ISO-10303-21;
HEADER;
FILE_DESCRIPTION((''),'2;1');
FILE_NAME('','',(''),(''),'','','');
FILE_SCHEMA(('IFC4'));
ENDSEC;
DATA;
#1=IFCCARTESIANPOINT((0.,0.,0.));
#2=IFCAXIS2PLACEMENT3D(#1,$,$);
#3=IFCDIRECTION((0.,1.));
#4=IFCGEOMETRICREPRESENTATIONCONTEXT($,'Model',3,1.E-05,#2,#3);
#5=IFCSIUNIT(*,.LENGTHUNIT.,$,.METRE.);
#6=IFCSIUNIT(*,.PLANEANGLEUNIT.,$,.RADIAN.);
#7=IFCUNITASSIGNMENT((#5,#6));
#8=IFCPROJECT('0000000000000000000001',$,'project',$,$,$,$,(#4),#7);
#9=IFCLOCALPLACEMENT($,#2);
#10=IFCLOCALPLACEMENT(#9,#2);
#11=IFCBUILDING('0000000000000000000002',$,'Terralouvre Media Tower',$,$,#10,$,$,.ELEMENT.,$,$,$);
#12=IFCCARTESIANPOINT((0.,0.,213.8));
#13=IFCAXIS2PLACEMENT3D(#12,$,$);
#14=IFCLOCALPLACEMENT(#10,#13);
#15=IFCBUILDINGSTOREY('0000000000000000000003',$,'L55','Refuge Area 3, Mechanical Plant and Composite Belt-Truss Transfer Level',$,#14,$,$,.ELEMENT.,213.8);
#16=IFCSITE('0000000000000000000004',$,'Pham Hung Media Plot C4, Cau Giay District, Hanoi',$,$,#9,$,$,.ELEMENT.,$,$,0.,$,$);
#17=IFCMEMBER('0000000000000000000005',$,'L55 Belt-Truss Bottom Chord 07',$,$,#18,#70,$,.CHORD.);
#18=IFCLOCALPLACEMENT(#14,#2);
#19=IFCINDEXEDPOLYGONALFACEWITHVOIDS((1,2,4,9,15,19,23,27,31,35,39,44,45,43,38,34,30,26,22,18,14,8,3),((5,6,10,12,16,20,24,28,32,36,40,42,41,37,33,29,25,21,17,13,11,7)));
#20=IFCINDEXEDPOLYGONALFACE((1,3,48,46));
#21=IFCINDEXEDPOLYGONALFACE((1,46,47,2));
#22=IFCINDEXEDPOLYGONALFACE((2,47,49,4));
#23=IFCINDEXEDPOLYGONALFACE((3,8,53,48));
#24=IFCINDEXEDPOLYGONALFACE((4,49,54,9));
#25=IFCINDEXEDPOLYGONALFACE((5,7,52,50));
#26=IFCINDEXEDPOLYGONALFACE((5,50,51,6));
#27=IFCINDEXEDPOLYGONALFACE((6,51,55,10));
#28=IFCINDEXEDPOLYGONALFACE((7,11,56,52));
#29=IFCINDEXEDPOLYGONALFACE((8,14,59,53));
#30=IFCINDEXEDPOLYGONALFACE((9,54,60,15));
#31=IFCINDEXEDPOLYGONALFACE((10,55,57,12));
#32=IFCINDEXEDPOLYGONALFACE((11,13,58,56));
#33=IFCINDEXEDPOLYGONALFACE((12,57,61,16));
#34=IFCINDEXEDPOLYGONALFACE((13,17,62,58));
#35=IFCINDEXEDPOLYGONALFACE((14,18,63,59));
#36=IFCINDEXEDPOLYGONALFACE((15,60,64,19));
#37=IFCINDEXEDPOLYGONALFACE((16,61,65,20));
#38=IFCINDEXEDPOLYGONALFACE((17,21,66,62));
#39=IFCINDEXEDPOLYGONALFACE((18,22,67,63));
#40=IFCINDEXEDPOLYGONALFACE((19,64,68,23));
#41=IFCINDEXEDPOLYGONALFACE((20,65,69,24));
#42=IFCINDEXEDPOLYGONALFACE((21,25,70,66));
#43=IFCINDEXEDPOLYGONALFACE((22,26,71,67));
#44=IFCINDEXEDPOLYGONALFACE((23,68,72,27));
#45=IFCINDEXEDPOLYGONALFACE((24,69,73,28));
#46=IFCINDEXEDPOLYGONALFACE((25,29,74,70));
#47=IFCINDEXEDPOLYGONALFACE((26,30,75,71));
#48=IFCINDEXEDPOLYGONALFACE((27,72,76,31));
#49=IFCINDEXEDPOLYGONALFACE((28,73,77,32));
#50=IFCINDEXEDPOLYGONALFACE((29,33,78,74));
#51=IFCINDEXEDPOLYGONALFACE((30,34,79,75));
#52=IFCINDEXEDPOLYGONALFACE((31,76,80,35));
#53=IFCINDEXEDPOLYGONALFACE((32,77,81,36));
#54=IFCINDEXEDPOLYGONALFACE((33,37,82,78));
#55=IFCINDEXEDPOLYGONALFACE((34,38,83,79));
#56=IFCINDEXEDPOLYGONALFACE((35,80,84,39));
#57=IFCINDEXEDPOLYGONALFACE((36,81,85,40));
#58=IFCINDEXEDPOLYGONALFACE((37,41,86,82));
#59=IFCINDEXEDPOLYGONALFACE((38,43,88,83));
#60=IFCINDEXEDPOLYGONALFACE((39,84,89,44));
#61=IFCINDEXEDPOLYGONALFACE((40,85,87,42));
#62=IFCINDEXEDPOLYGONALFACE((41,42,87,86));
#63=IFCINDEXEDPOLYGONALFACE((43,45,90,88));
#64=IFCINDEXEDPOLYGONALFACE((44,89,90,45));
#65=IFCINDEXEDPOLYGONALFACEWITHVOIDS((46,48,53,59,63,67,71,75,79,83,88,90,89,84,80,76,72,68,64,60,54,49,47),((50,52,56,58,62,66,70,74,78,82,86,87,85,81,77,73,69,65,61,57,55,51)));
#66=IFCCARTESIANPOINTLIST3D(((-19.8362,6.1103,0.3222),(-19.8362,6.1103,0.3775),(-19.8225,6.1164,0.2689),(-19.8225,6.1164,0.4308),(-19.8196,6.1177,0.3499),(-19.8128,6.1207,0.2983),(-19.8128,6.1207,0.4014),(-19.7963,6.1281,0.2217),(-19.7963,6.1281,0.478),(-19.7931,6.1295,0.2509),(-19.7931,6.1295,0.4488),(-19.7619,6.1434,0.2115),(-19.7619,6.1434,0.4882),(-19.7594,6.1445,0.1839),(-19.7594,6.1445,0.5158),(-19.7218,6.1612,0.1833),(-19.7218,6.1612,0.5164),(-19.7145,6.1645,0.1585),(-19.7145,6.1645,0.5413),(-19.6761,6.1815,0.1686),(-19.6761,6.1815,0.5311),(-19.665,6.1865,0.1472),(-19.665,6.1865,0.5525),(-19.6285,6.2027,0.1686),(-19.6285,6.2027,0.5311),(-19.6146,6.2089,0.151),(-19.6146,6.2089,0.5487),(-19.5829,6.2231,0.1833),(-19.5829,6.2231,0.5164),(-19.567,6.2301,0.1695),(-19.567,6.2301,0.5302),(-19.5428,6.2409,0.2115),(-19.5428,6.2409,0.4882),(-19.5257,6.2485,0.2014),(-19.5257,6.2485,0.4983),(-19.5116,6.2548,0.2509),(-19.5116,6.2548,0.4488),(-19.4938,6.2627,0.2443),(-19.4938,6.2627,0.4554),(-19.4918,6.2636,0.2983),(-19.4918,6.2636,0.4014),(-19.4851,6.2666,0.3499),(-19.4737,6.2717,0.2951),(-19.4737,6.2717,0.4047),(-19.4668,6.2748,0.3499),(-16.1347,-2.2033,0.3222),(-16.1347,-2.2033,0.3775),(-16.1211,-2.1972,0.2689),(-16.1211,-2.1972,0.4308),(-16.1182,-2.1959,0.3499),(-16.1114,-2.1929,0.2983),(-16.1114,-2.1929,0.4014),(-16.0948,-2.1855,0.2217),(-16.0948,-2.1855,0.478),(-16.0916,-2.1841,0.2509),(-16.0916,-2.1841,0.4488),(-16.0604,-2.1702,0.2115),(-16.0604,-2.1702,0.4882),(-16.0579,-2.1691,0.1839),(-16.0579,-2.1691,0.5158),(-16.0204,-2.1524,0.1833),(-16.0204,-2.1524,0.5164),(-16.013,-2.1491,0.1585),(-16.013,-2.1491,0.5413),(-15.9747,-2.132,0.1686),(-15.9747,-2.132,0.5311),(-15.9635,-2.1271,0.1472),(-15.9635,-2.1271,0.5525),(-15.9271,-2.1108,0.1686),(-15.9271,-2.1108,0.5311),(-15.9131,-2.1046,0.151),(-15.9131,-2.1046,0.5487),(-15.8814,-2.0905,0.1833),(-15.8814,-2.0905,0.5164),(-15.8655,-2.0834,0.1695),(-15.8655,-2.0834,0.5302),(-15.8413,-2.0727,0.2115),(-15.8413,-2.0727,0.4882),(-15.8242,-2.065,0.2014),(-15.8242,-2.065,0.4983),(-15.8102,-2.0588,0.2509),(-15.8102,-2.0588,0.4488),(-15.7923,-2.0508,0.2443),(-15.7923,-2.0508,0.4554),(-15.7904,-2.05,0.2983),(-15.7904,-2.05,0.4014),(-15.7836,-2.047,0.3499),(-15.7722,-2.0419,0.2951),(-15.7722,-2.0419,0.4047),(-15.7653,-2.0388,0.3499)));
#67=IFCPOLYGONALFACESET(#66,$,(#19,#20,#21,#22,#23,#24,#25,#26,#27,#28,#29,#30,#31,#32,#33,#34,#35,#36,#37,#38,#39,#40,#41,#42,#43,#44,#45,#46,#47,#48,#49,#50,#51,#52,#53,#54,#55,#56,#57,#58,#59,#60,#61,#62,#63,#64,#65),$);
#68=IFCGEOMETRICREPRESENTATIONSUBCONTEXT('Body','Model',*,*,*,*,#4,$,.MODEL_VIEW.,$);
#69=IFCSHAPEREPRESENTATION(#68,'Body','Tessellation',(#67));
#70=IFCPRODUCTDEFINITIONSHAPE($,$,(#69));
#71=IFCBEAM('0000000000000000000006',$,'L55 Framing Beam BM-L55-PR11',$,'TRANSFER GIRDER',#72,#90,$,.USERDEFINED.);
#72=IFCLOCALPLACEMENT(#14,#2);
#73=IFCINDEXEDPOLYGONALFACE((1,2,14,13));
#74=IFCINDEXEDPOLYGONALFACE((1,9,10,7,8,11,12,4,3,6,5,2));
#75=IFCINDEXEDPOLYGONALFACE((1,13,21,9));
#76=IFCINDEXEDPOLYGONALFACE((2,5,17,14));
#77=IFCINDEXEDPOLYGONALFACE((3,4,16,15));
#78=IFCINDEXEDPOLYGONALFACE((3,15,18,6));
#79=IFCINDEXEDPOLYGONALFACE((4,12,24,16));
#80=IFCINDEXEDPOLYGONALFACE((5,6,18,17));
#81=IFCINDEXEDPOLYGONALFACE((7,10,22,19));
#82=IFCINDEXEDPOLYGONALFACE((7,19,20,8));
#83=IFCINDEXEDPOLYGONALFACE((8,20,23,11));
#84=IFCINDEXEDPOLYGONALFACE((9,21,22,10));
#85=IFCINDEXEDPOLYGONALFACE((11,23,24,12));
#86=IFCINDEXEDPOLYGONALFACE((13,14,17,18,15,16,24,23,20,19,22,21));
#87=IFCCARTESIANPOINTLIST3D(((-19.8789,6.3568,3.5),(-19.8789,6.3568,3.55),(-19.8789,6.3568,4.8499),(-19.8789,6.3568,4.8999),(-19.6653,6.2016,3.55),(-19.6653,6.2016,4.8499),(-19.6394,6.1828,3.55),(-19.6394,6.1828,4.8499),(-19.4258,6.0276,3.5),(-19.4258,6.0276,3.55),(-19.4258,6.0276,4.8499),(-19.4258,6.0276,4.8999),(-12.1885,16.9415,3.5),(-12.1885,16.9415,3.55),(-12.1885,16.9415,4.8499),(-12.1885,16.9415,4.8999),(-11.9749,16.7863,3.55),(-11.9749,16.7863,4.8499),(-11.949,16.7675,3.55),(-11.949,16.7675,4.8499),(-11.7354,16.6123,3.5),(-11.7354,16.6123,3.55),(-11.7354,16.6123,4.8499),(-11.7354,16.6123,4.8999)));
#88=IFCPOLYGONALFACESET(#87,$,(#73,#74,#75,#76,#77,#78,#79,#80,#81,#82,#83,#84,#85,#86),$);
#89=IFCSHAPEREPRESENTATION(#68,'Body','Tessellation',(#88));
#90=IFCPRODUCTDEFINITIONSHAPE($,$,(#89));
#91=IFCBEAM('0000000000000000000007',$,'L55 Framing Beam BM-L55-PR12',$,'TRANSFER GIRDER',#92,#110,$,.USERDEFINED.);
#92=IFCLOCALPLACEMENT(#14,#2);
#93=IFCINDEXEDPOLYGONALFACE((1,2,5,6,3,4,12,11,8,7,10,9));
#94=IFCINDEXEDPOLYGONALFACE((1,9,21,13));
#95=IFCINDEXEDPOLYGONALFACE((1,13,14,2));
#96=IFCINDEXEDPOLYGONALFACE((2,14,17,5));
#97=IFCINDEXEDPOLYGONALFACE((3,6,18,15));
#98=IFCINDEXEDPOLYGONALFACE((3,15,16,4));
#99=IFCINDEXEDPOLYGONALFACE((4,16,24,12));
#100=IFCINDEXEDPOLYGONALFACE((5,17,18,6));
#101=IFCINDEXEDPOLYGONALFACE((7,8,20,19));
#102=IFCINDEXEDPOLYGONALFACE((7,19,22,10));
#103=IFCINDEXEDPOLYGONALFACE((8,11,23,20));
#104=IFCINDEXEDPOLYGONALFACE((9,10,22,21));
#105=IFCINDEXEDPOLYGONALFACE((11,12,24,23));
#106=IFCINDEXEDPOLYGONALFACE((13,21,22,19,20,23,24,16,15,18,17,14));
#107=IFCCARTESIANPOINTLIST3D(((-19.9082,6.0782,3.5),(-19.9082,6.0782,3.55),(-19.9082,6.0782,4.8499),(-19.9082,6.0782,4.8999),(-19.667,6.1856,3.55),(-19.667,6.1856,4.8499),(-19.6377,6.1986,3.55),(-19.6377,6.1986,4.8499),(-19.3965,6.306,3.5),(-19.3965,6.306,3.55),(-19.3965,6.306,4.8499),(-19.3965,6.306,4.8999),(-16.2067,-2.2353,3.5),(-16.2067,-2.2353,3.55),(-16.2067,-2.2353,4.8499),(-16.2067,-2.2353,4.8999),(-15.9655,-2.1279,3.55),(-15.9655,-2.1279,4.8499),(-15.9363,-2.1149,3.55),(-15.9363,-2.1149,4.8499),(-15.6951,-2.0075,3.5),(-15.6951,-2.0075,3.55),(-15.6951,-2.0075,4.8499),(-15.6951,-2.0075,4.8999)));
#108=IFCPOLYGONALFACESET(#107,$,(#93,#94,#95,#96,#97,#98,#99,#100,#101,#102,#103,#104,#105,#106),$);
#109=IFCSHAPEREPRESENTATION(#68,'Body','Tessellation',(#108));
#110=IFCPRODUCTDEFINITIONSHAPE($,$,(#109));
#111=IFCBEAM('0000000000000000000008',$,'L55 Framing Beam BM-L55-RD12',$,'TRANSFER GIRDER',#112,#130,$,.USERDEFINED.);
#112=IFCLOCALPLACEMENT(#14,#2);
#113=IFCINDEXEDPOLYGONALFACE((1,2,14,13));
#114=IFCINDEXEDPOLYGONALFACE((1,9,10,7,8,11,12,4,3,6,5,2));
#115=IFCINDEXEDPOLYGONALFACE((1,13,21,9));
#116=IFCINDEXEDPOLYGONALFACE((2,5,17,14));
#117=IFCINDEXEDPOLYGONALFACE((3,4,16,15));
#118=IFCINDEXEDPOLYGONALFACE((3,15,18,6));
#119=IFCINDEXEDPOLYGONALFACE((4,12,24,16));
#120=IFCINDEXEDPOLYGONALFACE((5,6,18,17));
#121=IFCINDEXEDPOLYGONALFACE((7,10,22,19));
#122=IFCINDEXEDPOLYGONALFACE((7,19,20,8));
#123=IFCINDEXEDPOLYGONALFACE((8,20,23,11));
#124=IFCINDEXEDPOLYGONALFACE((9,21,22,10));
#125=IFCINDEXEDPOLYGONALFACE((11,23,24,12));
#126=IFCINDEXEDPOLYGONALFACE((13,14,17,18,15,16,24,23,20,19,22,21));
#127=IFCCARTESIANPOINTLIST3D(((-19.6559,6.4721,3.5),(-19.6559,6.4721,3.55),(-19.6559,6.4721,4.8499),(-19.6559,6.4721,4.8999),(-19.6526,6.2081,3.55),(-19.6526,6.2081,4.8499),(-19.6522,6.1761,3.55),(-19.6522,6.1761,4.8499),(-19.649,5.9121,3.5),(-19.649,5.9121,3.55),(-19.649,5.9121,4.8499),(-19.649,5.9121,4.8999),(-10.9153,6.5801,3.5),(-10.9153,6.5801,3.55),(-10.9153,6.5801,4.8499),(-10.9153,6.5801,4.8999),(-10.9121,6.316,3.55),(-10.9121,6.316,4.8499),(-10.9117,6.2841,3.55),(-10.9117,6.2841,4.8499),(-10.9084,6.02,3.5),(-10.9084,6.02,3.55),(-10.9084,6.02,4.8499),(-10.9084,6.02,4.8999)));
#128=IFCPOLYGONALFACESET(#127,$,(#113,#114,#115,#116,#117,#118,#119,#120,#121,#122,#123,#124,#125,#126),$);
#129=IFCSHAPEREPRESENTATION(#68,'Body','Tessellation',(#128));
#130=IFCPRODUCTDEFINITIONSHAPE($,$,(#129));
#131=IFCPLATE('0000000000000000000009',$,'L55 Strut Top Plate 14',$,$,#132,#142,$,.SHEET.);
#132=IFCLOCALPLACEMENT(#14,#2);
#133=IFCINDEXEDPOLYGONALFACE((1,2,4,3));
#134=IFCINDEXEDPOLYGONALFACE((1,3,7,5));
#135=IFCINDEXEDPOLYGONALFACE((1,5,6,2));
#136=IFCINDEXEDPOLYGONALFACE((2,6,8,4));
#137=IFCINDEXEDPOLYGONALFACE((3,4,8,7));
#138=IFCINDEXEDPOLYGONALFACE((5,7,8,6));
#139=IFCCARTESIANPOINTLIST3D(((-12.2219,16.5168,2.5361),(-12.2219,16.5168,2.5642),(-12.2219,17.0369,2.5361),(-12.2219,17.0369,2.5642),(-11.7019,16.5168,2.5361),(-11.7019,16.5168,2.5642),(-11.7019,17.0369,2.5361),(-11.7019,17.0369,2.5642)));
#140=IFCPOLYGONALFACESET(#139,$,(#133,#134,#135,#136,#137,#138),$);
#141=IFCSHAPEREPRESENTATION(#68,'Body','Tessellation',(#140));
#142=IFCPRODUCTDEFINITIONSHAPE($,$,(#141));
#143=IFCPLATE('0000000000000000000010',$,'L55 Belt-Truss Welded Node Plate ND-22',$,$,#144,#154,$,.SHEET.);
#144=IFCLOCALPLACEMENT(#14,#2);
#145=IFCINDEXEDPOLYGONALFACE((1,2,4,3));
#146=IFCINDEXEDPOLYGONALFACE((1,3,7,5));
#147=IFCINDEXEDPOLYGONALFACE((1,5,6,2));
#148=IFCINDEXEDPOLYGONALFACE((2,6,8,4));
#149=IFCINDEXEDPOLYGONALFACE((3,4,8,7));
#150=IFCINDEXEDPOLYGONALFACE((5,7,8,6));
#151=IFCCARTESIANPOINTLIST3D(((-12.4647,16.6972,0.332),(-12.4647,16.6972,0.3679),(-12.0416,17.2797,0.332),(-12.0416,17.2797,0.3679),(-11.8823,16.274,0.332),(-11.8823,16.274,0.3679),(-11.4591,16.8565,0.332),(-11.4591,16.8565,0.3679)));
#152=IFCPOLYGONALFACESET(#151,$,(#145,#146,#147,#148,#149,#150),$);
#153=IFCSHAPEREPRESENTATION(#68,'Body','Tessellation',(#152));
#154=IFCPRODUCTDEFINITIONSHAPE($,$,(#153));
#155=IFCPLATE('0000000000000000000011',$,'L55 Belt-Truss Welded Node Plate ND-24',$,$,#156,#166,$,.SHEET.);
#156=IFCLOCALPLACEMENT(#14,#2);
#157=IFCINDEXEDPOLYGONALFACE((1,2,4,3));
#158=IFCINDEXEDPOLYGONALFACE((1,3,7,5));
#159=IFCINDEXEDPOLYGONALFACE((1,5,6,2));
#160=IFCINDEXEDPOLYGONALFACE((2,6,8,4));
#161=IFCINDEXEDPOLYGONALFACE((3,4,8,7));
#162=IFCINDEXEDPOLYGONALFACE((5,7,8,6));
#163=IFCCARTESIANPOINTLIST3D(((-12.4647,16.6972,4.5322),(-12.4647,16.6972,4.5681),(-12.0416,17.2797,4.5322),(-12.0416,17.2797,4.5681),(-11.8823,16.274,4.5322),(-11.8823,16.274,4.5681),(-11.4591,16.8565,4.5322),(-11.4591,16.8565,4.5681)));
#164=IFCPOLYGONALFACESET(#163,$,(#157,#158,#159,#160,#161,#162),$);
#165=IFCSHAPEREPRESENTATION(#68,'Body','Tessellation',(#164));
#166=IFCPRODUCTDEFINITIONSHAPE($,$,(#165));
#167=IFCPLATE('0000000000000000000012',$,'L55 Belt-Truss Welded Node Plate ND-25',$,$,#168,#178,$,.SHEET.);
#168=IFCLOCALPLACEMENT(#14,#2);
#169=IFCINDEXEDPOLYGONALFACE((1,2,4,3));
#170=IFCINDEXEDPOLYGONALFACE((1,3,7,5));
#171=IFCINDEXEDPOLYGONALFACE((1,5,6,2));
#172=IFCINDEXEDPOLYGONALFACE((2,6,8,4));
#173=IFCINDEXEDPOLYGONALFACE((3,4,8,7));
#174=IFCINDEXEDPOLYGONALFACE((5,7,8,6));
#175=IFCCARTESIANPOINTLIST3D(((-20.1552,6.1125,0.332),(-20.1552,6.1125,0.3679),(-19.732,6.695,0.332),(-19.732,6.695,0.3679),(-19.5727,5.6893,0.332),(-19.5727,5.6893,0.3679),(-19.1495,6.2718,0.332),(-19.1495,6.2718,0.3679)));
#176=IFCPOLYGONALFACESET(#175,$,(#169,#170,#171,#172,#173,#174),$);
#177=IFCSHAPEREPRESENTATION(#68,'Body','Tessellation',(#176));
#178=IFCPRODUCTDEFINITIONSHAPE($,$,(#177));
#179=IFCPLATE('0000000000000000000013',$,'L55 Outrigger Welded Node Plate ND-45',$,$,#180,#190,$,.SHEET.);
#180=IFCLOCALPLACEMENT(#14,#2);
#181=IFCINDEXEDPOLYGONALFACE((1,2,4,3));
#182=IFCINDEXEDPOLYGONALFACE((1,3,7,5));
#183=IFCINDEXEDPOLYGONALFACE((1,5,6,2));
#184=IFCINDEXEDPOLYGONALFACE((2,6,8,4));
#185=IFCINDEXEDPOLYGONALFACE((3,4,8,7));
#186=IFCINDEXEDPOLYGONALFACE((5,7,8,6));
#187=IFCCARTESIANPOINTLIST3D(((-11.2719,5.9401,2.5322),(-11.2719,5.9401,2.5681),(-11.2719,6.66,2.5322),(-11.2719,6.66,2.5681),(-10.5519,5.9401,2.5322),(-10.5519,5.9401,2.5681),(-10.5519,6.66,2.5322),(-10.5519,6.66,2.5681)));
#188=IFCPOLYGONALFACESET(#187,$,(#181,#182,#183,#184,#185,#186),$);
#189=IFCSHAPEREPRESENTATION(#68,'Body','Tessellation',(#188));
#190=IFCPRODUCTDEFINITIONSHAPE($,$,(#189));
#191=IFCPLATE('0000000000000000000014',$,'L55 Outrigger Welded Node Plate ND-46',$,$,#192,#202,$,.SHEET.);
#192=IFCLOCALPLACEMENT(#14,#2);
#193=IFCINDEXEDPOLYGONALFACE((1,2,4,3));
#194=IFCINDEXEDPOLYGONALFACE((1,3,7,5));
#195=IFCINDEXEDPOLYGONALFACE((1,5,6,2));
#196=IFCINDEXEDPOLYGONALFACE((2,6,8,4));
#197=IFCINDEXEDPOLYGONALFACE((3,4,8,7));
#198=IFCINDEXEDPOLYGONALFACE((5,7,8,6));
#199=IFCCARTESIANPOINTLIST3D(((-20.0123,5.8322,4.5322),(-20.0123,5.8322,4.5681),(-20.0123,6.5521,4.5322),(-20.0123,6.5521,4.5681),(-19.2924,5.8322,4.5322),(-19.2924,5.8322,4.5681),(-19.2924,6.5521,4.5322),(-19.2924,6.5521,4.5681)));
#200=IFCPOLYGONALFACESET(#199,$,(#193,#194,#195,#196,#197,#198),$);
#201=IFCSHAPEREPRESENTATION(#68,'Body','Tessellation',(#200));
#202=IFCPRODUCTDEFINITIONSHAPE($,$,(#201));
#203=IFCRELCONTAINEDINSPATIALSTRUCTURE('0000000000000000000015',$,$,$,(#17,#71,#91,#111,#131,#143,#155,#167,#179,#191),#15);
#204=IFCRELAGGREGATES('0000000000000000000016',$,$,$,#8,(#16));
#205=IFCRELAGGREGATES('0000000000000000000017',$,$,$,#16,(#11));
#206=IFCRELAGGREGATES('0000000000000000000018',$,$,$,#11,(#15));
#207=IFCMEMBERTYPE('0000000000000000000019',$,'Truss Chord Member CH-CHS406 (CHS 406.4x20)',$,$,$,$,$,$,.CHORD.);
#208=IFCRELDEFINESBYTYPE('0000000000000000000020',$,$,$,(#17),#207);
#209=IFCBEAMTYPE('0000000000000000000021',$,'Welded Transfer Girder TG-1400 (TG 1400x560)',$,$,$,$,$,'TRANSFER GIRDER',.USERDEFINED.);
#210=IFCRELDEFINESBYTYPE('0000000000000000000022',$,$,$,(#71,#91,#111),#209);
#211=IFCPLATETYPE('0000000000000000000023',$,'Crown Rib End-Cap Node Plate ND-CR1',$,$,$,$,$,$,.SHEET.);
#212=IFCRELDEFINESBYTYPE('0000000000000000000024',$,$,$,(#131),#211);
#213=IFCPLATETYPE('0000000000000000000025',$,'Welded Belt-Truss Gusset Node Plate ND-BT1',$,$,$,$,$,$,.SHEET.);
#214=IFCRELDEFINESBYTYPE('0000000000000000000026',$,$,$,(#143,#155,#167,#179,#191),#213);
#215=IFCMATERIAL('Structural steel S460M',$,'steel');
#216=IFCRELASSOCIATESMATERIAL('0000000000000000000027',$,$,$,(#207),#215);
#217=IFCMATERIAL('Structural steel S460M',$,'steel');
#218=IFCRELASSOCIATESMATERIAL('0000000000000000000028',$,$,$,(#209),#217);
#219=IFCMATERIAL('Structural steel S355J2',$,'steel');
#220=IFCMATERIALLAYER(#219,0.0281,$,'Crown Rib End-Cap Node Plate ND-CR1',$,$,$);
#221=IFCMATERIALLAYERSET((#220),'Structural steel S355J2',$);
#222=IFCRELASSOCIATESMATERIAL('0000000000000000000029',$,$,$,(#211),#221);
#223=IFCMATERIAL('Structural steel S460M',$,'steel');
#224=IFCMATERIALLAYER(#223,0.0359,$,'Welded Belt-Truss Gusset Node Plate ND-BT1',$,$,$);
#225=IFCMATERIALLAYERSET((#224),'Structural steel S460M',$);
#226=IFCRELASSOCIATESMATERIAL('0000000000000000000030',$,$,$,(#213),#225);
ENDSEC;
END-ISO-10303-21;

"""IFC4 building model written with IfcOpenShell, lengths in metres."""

from ifc_helpers import new_model, si_unit, direction, frame, origin, origin_2d, place, context, subcontext, project, spatial, rectangle, hollow_circle, i_section, extrude, material, layer, layer_set, material_profile, profile_set, type_object, element, save


model = new_model("IFC4")

# Units and contexts
model_context = context("Model", 3, precision=1e-05, world=origin(), true_north=direction((0.0, 1.0)))
body_context = subcontext(model_context, "Body", "Model", "MODEL_VIEW")
ifc_project = project(units=[si_unit("LENGTHUNIT", "METRE"), si_unit("PLANEANGLEUNIT", "RADIAN")], contexts=[model_context])

# Site, building, storey
site_placement = place(None, origin())
site = spatial("IfcSite", under=ifc_project, at=site_placement, Name="Pham Hung Media Plot C4, Cau Giay District, Hanoi", CompositionType="ELEMENT", RefElevation=0.0)
building_placement = place(site_placement, origin())
building = spatial("IfcBuilding", under=site, at=building_placement, Name="Terralouvre Media Tower", CompositionType="ELEMENT")
storey_placement = place(building_placement, frame((0.0, 0.0, 213.8)))
storey = spatial("IfcBuildingStorey", under=building, at=storey_placement, Name="L55", Description="Refuge Area 3, Mechanical Plant and Composite Belt-Truss Transfer Level", CompositionType="ELEMENT", Elevation=213.8)

# Member
ifc_material_1 = material(Name="Structural steel S460M", Category="steel")
ifc_material_profile_1 = material_profile(ifc_material_1, hollow_circle(Radius=0.2031, WallThickness=0.02, at=origin_2d()), Name="CHS 406.4x20")
ifc_profile_set_1 = profile_set([ifc_material_profile_1], Name="Structural steel S460M")
member_type_1 = type_object("IfcMemberType", Name="Truss Chord Member CH-CHS406 (CHS 406.4x20)", PredefinedType="CHORD", material=ifc_profile_set_1)
member_1_placement = place(storey_placement, frame((-19.6523, 6.1921, 0.3499), z_axis=(0.406738, -0.913545, 0.0), x_axis=(0.913545, 0.406738, 0.0)))
element("IfcMember", 1, at=member_1_placement, inside=storey, type_object=member_type_1, Name="L55 Belt-Truss Bottom Chord 07", PredefinedType="CHORD", context=body_context, shape_type="SweptSolid", body=[
    extrude(hollow_circle(Radius=0.2031, WallThickness=0.02, at=origin_2d()), origin(), (0.0, 0.0, 1.0), 9.1003),
])

# Beams
ifc_material_2 = material(Name="Structural steel S460M", Category="steel")
ifc_material_profile_2 = material_profile(ifc_material_2, i_section(OverallWidth=0.5601, OverallDepth=1.3999, WebThickness=0.032, FlangeThickness=0.05, at=origin_2d()), Name="TG 1400x560")
ifc_profile_set_2 = profile_set([ifc_material_profile_2], Name="Structural steel S460M")
beam_type_1 = type_object("IfcBeamType", Name="Welded Transfer Girder TG-1400 (TG 1400x560)", ElementType="TRANSFER GIRDER", PredefinedType="USERDEFINED", material=ifc_profile_set_2)
beam_1_placement = place(storey_placement, frame((-11.9619, 16.7769, 4.2), z_axis=(-0.587794, -0.80901, 0.0), x_axis=(0.80901, -0.587794, 0.0)))
element("IfcBeam", 2, at=beam_1_placement, inside=storey, type_object=beam_type_1, Name="L55 Framing Beam BM-L55-PR11", ObjectType="TRANSFER GIRDER", PredefinedType="USERDEFINED", context=body_context, shape_type="SweptSolid", body=[
    extrude(i_section(OverallWidth=0.5601, OverallDepth=1.3999, WebThickness=0.032, FlangeThickness=0.05, at=origin_2d()), origin(), (0.0, 0.0, 1.0), 13.0835),
])
beam_2_placement = place(storey_placement, frame((-19.6523, 6.1921, 4.2), z_axis=(0.406738, -0.913545, 0.0), x_axis=(0.913545, 0.406738, 0.0)))
element("IfcBeam", 3, at=beam_2_placement, inside=storey, type_object=beam_type_1, Name="L55 Framing Beam BM-L55-PR12", ObjectType="TRANSFER GIRDER", PredefinedType="USERDEFINED", context=body_context, shape_type="SweptSolid", body=[
    extrude(i_section(OverallWidth=0.5601, OverallDepth=1.3999, WebThickness=0.032, FlangeThickness=0.05, at=origin_2d()), origin(), (0.0, 0.0, 1.0), 9.1003),
])
beam_3_placement = place(storey_placement, frame((-10.9119, 6.3, 4.2), z_axis=(-0.999924, -0.012345, 0.0), x_axis=(0.012345, -0.999924, 0.0)))
element("IfcBeam", 4, at=beam_3_placement, inside=storey, type_object=beam_type_1, Name="L55 Framing Beam BM-L55-RD12", ObjectType="TRANSFER GIRDER", PredefinedType="USERDEFINED", context=body_context, shape_type="SweptSolid", body=[
    extrude(i_section(OverallWidth=0.5601, OverallDepth=1.3999, WebThickness=0.032, FlangeThickness=0.05, at=origin_2d()), origin(), (0.0, 0.0, 1.0), 8.7412),
])

# Plates
ifc_material_3 = material(Name="Structural steel S355J2", Category="steel")
ifc_layer_1 = layer(ifc_material_3, 0.0281, Name="Crown Rib End-Cap Node Plate ND-CR1")
ifc_layer_set_1 = layer_set([ifc_layer_1], Name="Structural steel S355J2")
plate_type_1 = type_object("IfcPlateType", Name="Crown Rib End-Cap Node Plate ND-CR1", PredefinedType="SHEET", material=ifc_layer_set_1)
plate_placement = place(storey_placement, frame((-11.9619, 16.7769, 2.5361), z_axis=(0.0, 0.0, 1.0), x_axis=(1.0, 0.0, 0.0)))
element("IfcPlate", 5, at=plate_placement, inside=storey, type_object=plate_type_1, Name="L55 Strut Top Plate 14", PredefinedType="SHEET", context=body_context, shape_type="SweptSolid", body=[
    extrude(rectangle(XDim=0.52, YDim=0.52, at=origin_2d()), origin(), (0.0, 0.0, 1.0), 0.0281),
])
ifc_material_4 = material(Name="Structural steel S460M", Category="steel")
ifc_layer_2 = layer(ifc_material_4, 0.0359, Name="Welded Belt-Truss Gusset Node Plate ND-BT1")
ifc_layer_set_2 = layer_set([ifc_layer_2], Name="Structural steel S460M")
plate_type_2 = type_object("IfcPlateType", Name="Welded Belt-Truss Gusset Node Plate ND-BT1", PredefinedType="SHEET", material=ifc_layer_set_2)
for number, where, z_axis, x_axis, name in (
    (6, (-11.9619, 16.7769, 0.332), (0.0, 0.0, 1.0), (0.587785, 0.809017, 0.0), "L55 Belt-Truss Welded Node Plate ND-22"),
    (7, (-11.9619, 16.7769, 4.5322), (0.0, 0.0, 1.0), (0.587785, 0.809017, 0.0), "L55 Belt-Truss Welded Node Plate ND-24"),
    (8, (-19.6523, 6.1921, 0.332), (0.0, 0.0, 1.0), (0.587785, 0.809017, 0.0), "L55 Belt-Truss Welded Node Plate ND-25"),
    (9, (-10.9119, 6.3, 2.5322), (0.0, 0.0, 1.0), (1.0, 0.0, 0.0), "L55 Outrigger Welded Node Plate ND-45"),
    (10, (-19.6523, 6.1921, 4.5322), (0.0, 0.0, 1.0), (1.0, 0.0, 0.0), "L55 Outrigger Welded Node Plate ND-46"),
):
    element("IfcPlate", number, at=place(storey_placement, frame(where, z_axis=z_axis, x_axis=x_axis)), inside=storey, type_object=plate_type_2, Name=name, PredefinedType="SHEET", context=body_context, shape_type="SweptSolid", body=[
        extrude(rectangle(XDim=0.72, YDim=0.72, at=origin_2d()), origin(), (0.0, 0.0, 1.0), 0.0359),
    ])

save(model, "model.ifc")
